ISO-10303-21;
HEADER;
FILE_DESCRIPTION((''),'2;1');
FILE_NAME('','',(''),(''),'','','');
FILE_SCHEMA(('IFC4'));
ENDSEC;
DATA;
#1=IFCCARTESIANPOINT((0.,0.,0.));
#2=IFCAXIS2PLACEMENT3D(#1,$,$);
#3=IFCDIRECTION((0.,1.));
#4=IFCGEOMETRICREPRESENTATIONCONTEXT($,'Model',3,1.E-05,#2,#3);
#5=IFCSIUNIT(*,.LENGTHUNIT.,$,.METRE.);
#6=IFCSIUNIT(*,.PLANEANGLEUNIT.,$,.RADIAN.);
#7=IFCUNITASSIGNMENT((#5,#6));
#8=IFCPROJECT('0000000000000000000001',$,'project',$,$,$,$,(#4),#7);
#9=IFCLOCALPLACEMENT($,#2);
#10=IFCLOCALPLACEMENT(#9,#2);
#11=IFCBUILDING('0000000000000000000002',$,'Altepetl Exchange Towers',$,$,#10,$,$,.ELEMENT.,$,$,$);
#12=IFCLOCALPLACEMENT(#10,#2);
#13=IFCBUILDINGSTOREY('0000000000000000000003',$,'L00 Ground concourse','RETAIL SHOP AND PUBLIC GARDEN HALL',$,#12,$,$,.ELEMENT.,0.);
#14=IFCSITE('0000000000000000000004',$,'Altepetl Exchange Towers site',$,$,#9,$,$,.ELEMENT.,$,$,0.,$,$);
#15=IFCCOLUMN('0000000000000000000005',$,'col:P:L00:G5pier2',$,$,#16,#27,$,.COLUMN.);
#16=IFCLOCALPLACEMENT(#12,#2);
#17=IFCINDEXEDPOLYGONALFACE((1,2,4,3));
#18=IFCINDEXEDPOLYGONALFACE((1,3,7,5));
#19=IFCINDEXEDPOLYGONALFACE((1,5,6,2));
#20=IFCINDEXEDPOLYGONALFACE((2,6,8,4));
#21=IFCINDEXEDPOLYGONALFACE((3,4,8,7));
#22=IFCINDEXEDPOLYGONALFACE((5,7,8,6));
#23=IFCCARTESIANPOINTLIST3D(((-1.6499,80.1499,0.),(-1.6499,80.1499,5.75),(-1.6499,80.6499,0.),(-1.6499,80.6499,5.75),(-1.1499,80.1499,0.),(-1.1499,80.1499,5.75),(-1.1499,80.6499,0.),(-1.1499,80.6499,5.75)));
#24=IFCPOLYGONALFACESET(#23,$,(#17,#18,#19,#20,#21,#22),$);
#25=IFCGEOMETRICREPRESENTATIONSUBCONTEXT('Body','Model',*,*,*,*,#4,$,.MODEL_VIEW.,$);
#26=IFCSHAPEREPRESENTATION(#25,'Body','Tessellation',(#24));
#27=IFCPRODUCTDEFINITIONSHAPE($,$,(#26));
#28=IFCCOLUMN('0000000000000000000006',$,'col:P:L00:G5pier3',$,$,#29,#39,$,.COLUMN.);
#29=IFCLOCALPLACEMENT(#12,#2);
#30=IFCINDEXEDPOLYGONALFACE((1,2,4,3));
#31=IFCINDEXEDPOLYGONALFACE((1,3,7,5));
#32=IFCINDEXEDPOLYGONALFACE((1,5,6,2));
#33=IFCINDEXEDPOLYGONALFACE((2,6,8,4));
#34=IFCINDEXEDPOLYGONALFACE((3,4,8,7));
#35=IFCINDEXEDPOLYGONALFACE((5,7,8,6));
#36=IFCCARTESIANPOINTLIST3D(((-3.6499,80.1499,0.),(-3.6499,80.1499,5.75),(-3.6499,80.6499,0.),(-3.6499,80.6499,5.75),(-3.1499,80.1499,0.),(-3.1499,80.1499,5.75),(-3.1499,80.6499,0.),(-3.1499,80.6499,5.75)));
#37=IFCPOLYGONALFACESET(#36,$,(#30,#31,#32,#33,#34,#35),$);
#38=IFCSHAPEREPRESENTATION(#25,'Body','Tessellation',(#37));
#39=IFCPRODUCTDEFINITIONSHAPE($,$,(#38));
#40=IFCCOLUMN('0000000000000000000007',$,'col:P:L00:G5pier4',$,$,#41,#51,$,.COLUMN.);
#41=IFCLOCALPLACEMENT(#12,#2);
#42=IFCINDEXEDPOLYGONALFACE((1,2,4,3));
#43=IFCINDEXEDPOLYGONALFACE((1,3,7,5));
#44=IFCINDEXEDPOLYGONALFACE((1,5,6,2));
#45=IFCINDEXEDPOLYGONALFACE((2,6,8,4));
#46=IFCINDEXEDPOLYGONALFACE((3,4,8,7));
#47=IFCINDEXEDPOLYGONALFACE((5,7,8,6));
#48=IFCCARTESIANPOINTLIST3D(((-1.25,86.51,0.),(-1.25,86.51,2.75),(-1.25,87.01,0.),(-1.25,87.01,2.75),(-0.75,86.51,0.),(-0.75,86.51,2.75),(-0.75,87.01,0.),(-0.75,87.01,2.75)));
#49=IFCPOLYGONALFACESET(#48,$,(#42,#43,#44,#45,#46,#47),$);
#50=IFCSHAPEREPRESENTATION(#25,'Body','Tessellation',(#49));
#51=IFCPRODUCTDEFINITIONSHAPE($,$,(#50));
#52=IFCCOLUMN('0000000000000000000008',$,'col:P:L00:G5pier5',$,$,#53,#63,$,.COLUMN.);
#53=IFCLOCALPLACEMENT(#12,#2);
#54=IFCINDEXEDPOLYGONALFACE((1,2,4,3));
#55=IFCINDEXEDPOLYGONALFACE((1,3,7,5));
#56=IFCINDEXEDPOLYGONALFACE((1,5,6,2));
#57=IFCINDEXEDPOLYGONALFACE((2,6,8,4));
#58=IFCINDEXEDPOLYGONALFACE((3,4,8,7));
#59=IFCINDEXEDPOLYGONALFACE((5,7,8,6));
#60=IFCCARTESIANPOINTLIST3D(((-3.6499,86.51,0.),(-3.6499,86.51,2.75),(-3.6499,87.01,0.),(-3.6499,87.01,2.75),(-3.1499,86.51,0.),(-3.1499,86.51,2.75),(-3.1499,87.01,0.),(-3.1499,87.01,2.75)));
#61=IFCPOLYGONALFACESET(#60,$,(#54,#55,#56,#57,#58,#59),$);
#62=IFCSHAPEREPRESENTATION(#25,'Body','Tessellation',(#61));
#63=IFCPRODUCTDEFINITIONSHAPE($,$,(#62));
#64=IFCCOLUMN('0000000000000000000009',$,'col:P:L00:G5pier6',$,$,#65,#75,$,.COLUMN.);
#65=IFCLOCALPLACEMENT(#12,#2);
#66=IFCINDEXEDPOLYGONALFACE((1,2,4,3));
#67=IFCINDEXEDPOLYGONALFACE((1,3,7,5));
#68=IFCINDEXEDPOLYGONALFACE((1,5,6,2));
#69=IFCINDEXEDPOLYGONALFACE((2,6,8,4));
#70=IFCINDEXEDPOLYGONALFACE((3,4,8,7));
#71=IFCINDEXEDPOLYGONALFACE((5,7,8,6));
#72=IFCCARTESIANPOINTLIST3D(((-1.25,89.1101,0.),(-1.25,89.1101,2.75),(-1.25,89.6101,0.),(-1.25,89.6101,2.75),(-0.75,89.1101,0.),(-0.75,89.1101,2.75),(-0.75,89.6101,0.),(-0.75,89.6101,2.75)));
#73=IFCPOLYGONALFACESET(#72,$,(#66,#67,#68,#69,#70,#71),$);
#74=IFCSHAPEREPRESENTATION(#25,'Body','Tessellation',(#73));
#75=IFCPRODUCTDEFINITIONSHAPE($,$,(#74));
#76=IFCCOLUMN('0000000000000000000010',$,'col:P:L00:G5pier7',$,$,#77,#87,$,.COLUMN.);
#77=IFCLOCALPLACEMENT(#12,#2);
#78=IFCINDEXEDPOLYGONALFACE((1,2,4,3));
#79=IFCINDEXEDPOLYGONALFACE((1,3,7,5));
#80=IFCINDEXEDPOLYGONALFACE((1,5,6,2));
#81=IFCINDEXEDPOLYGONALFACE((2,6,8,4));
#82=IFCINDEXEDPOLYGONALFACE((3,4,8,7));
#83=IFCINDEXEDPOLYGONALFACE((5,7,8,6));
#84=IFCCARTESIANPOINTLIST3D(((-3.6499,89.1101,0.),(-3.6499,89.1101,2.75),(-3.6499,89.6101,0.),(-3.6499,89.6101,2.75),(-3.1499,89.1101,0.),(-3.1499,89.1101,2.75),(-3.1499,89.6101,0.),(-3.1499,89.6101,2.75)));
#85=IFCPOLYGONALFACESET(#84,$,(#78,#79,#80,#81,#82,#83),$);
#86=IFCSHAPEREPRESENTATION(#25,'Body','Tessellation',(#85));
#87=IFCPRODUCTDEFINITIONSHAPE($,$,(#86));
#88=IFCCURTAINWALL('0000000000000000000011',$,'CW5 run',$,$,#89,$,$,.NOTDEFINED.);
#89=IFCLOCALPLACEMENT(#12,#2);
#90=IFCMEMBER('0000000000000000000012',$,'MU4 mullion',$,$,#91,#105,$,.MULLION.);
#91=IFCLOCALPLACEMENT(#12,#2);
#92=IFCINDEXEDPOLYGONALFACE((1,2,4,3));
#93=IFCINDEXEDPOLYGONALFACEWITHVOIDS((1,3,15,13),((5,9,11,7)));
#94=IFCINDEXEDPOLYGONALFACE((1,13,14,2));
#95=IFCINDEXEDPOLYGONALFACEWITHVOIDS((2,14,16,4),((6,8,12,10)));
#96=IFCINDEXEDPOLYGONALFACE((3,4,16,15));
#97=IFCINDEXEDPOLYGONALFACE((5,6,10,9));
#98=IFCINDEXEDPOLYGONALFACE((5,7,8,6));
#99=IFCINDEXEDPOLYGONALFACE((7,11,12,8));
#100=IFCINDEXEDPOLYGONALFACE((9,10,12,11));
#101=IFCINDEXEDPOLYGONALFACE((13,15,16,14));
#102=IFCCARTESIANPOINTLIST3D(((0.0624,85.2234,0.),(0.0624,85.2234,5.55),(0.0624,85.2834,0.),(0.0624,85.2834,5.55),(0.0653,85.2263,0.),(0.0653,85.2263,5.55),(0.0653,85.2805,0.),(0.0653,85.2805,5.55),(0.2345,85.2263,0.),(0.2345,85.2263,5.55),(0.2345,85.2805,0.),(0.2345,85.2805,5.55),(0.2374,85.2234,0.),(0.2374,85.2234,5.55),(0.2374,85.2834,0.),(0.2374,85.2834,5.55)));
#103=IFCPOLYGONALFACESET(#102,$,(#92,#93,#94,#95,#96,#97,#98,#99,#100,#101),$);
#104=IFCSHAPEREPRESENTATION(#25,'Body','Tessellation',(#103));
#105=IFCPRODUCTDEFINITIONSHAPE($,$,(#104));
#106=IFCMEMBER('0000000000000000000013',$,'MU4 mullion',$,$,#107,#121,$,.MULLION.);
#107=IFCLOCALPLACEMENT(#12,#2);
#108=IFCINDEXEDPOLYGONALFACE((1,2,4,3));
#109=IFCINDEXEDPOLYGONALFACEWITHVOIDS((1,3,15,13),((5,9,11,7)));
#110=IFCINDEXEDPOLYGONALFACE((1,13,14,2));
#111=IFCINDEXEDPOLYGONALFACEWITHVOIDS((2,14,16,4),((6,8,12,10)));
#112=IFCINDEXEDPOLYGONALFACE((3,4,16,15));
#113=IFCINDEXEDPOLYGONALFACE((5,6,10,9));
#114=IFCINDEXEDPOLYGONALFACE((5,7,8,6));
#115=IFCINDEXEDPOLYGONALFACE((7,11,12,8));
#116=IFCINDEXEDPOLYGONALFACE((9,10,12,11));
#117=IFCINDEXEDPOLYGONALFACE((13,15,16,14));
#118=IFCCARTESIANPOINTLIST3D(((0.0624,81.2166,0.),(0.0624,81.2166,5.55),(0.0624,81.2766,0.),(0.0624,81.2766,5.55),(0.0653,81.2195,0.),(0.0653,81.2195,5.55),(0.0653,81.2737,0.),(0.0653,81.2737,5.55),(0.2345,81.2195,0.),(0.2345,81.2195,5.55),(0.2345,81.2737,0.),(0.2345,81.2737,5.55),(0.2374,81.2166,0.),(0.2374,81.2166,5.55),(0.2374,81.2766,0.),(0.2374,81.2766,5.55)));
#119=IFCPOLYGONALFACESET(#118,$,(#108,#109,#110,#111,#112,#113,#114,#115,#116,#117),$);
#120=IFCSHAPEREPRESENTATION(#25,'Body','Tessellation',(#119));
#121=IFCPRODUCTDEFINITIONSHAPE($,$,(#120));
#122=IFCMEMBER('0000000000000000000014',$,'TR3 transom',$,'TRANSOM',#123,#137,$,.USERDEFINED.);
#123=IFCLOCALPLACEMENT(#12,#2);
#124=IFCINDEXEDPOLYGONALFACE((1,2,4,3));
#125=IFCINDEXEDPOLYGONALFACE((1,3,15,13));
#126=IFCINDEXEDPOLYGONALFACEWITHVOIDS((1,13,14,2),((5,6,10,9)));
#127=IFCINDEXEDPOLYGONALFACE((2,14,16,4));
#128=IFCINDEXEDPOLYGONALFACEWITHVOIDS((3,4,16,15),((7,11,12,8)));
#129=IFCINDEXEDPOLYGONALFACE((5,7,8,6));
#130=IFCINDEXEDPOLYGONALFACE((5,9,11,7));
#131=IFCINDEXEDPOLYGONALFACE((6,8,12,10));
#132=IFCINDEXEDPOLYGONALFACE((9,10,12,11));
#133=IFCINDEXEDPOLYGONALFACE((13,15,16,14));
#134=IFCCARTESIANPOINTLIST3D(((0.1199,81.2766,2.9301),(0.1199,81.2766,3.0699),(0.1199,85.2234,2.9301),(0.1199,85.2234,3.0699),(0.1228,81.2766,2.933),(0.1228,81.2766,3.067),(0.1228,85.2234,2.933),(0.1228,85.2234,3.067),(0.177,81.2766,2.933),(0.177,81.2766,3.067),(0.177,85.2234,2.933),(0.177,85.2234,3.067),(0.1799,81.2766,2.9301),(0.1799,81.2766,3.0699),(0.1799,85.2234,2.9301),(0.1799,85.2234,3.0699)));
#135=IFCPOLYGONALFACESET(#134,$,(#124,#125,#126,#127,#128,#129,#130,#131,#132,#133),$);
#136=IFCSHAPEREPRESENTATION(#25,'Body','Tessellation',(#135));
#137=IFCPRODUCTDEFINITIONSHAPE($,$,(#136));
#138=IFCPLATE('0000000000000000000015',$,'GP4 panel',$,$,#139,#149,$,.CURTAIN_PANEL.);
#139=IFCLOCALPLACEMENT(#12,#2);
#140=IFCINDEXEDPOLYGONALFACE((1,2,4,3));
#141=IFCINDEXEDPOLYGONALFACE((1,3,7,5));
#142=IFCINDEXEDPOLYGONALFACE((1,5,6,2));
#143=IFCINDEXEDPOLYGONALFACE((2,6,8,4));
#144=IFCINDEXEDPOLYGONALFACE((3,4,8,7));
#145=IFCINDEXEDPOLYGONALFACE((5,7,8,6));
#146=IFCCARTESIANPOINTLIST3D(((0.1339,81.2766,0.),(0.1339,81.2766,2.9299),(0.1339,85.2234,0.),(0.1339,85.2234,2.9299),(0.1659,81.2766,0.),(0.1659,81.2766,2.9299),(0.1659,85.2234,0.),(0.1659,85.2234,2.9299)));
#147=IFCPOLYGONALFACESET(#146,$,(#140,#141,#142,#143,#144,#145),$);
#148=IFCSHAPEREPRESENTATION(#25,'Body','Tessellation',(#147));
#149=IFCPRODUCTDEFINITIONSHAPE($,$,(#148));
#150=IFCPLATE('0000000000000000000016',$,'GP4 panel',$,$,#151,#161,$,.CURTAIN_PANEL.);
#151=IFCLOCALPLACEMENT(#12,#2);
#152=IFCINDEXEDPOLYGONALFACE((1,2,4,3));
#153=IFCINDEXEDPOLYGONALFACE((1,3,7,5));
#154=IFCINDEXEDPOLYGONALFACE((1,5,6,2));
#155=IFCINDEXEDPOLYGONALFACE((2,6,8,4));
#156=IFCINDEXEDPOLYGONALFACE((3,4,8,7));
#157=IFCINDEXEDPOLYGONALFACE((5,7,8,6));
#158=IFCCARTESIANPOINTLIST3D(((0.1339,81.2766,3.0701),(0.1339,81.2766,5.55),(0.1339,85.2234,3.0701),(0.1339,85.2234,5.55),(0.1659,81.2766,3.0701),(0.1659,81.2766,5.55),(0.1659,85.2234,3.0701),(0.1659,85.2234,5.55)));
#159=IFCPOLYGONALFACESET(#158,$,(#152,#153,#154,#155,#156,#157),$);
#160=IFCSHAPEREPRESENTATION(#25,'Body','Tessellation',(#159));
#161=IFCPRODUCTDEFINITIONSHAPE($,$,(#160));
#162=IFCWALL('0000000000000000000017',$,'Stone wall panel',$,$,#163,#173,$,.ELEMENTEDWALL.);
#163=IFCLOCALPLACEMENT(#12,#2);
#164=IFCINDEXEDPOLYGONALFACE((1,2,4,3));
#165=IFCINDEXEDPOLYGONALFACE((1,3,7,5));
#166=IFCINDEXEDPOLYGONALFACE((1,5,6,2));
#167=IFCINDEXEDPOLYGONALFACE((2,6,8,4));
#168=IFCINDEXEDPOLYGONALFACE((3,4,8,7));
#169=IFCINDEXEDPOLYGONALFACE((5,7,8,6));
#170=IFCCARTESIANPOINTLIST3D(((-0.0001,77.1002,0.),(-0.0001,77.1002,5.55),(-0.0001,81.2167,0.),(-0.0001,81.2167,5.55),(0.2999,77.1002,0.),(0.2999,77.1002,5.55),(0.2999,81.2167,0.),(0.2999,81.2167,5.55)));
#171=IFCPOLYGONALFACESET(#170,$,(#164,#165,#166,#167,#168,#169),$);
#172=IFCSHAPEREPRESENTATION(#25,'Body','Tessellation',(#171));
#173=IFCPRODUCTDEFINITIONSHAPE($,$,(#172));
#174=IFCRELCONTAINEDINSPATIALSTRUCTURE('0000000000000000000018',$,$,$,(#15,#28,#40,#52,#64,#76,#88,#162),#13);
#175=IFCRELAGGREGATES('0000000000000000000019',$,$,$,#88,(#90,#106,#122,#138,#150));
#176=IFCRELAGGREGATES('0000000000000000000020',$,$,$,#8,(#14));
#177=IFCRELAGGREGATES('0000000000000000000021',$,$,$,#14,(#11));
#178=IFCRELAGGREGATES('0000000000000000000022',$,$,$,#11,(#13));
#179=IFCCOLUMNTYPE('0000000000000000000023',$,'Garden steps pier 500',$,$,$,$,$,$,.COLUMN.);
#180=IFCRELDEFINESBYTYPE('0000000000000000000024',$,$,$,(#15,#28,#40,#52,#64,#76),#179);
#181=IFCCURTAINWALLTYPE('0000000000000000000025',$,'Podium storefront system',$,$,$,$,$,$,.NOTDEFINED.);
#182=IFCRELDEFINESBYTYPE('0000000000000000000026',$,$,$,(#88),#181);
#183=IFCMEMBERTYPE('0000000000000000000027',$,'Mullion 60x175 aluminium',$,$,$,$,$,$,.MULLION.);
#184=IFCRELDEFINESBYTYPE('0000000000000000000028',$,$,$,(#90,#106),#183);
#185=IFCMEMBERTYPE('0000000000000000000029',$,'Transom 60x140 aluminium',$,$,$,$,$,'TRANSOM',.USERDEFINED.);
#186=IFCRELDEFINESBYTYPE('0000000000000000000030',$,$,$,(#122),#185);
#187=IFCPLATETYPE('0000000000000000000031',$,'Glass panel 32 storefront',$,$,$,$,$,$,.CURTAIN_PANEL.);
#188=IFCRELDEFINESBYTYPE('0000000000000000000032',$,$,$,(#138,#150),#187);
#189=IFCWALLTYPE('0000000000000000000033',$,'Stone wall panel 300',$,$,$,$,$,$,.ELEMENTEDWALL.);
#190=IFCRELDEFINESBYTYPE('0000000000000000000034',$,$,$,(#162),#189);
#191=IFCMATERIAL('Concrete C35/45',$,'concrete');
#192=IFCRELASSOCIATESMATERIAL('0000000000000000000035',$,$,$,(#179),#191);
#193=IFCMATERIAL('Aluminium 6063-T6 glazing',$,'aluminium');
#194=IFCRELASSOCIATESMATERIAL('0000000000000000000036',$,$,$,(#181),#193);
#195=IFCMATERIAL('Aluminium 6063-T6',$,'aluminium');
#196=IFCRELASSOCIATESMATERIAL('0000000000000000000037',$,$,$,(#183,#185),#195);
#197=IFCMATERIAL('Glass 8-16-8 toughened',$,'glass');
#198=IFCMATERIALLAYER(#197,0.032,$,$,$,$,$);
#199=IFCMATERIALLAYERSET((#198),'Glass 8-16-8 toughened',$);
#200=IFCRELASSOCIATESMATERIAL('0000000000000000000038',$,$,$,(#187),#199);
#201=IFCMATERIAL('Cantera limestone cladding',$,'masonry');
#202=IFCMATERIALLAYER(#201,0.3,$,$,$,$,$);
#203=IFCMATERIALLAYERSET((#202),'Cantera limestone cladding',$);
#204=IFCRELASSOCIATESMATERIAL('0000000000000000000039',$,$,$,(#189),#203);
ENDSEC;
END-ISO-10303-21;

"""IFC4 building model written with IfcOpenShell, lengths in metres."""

from ifc_helpers import new_model, si_unit, direction, frame, frame_2d, origin, origin_2d, place, context, subcontext, project, spatial, rectangle, hollow_rectangle, extrude, material, layer, layer_set, material_profile, profile_set, type_object, element, aggregate, save


model = new_model("IFC4")

# Units and contexts
model_context = context("Model", 3, precision=1e-05, world=origin(), true_north=direction((0.0, 1.0)))
body_context = subcontext(model_context, "Body", "Model", "MODEL_VIEW")
ifc_project = project(units=[si_unit("LENGTHUNIT", "METRE"), si_unit("PLANEANGLEUNIT", "RADIAN")], contexts=[model_context])

# Site, building, storey
site_placement = place(None, origin())
site = spatial("IfcSite", under=ifc_project, at=site_placement, Name="Altepetl Exchange Towers site", CompositionType="ELEMENT", RefElevation=0.0)
building_placement = place(site_placement, origin())
building = spatial("IfcBuilding", under=site, at=building_placement, Name="Altepetl Exchange Towers", CompositionType="ELEMENT")
storey_placement = place(building_placement, origin())
storey = spatial("IfcBuildingStorey", under=building, at=storey_placement, Name="L00 Ground concourse", Description="RETAIL SHOP AND PUBLIC GARDEN HALL", CompositionType="ELEMENT", Elevation=0.0)

# Columns
ifc_material_1 = material(Name="Concrete C35/45", Category="concrete")
ifc_material_profile_1 = material_profile(ifc_material_1, rectangle(XDim=0.5, YDim=0.5, at=origin_2d()), Name="500 x 500")
ifc_profile_set_1 = profile_set([ifc_material_profile_1], Name="Concrete C35/45")
column_type = type_object("IfcColumnType", Name="Garden steps pier 500", PredefinedType="COLUMN", material=ifc_profile_set_1)
for number, where, name in (
    (1, (-1.3999, 80.3999, 0.0), "col:P:L00:G5pier2"),
    (2, (-3.3999, 80.3999, 0.0), "col:P:L00:G5pier3"),
):
    element("IfcColumn", number, at=place(storey_placement, frame(where)), inside=storey, type_object=column_type, Name=name, PredefinedType="COLUMN", context=body_context, shape_type="SweptSolid", body=[
        extrude(rectangle(XDim=0.5, YDim=0.5, at=origin_2d()), origin(), (0.0, 0.0, 1.0), 5.75),
    ])
for number, where, name in (
    (3, (-1.0, 86.76, 0.0), "col:P:L00:G5pier4"),
    (4, (-3.3999, 86.76, 0.0), "col:P:L00:G5pier5"),
    (5, (-1.0, 89.3601, 0.0), "col:P:L00:G5pier6"),
    (6, (-3.3999, 89.3601, 0.0), "col:P:L00:G5pier7"),
):
    element("IfcColumn", number, at=place(storey_placement, frame(where)), inside=storey, type_object=column_type, Name=name, PredefinedType="COLUMN", context=body_context, shape_type="SweptSolid", body=[
        extrude(rectangle(XDim=0.5, YDim=0.5, at=origin_2d()), origin(), (0.0, 0.0, 1.0), 2.75),
    ])

# Curtain wall, members, plates
ifc_material_2 = material(Name="Aluminium 6063-T6 glazing", Category="aluminium")
curtain_wall_type = type_object("IfcCurtainWallType", Name="Podium storefront system", PredefinedType="NOTDEFINED", material=ifc_material_2)
curtain_wall_placement = place(storey_placement, origin())
curtain_wall = element("IfcCurtainWall", 7, at=curtain_wall_placement, inside=storey, type_object=curtain_wall_type, Name="CW5 run", PredefinedType="NOTDEFINED")
ifc_material_3 = material(Name="Aluminium 6063-T6", Category="aluminium")
ifc_material_profile_2 = material_profile(ifc_material_3, hollow_rectangle(XDim=0.0601, YDim=0.175, WallThickness=0.0029, at=origin_2d()), Name="Mullion 60x175 aluminium")
ifc_profile_set_2 = profile_set([ifc_material_profile_2], Name="Aluminium 6063-T6")
member_type_1 = type_object("IfcMemberType", Name="Mullion 60x175 aluminium", PredefinedType="MULLION", material=ifc_profile_set_2)
member_1_placement = place(storey_placement, frame((0.1499, 85.2534, 0.0), z_axis=(0.0, 0.0, 1.0), x_axis=(0.0, -1.0, 0.0)))
member_1 = element("IfcMember", 8, at=member_1_placement, type_object=member_type_1, Name="MU4 mullion", PredefinedType="MULLION", context=body_context, shape_type="SweptSolid", body=[
    extrude(hollow_rectangle(XDim=0.0601, YDim=0.175, WallThickness=0.0029, at=origin_2d()), origin(), (0.0, 0.0, 1.0), 5.55),
])
member_2_placement = place(storey_placement, frame((0.1499, 81.2466, 0.0), z_axis=(0.0, 0.0, 1.0), x_axis=(0.0, -1.0, 0.0)))
member_2 = element("IfcMember", 9, at=member_2_placement, type_object=member_type_1, Name="MU4 mullion", PredefinedType="MULLION", context=body_context, shape_type="SweptSolid", body=[
    extrude(hollow_rectangle(XDim=0.0601, YDim=0.175, WallThickness=0.0029, at=origin_2d()), origin(), (0.0, 0.0, 1.0), 5.55),
])
ifc_material_profile_3 = material_profile(ifc_material_3, hollow_rectangle(XDim=0.0601, YDim=0.1399, WallThickness=0.0029, at=origin_2d()), Name="Transom 60x140 aluminium")
ifc_profile_set_3 = profile_set([ifc_material_profile_3], Name="Aluminium 6063-T6")
member_type_2 = type_object("IfcMemberType", Name="Transom 60x140 aluminium", ElementType="TRANSOM", PredefinedType="USERDEFINED", material=ifc_profile_set_3)
member_3_placement = place(storey_placement, frame((0.1499, 85.2234, 3.0), z_axis=(0.0, -1.0, 0.0), x_axis=(1.0, 0.0, 0.0)))
member_3 = element("IfcMember", 10, at=member_3_placement, type_object=member_type_2, Name="TR3 transom", ObjectType="TRANSOM", PredefinedType="USERDEFINED", context=body_context, shape_type="SweptSolid", body=[
    extrude(hollow_rectangle(XDim=0.0601, YDim=0.1399, WallThickness=0.0029, at=origin_2d()), origin(), (0.0, 0.0, 1.0), 3.9468),
])
ifc_material_4 = material(Name="Glass 8-16-8 toughened", Category="glass")
ifc_layer_1 = layer(ifc_material_4, 0.032)
ifc_layer_set_1 = layer_set([ifc_layer_1], Name="Glass 8-16-8 toughened")
plate_type = type_object("IfcPlateType", Name="Glass panel 32 storefront", PredefinedType="CURTAIN_PANEL", material=ifc_layer_set_1)
plate_1_placement = place(storey_placement, frame((0.1499, 83.25, 0.0), z_axis=(0.0, 0.0, 1.0), x_axis=(0.0, -1.0, 0.0)))
plate_1 = element("IfcPlate", 11, at=plate_1_placement, type_object=plate_type, Name="GP4 panel", PredefinedType="CURTAIN_PANEL", context=body_context, shape_type="SweptSolid", body=[
    extrude(rectangle(XDim=3.9468, YDim=0.032, at=origin_2d()), origin(), (0.0, 0.0, 1.0), 2.9299),
])
plate_2_placement = place(storey_placement, frame((0.1499, 83.25, 3.0701), z_axis=(0.0, 0.0, 1.0), x_axis=(0.0, -1.0, 0.0)))
plate_2 = element("IfcPlate", 12, at=plate_2_placement, type_object=plate_type, Name="GP4 panel", PredefinedType="CURTAIN_PANEL", context=body_context, shape_type="SweptSolid", body=[
    extrude(rectangle(XDim=3.9468, YDim=0.032, at=origin_2d()), origin(), (0.0, 0.0, 1.0), 2.48),
])
aggregate(curtain_wall, [member_1, member_2, member_3, plate_1, plate_2])

# Wall
ifc_material_5 = material(Name="Cantera limestone cladding", Category="masonry")
ifc_layer_2 = layer(ifc_material_5, 0.3)
ifc_layer_set_2 = layer_set([ifc_layer_2], Name="Cantera limestone cladding")
wall_type = type_object("IfcWallType", Name="Stone wall panel 300", PredefinedType="ELEMENTEDWALL", material=ifc_layer_set_2)
wall_placement = place(storey_placement, frame((0.1499, 81.2166, 0.0), z_axis=(0.0, 0.0, 1.0), x_axis=(0.0, -1.0, 0.0)))
element("IfcWall", 13, at=wall_placement, inside=storey, type_object=wall_type, Name="Stone wall panel", PredefinedType="ELEMENTEDWALL", context=body_context, shape_type="SweptSolid", body=[
    extrude(rectangle(XDim=4.1165, YDim=0.3, at=frame_2d((2.0581, 0.0))), origin(), (0.0, 0.0, 1.0), 5.55),
])

save(model, "model.ifc")
